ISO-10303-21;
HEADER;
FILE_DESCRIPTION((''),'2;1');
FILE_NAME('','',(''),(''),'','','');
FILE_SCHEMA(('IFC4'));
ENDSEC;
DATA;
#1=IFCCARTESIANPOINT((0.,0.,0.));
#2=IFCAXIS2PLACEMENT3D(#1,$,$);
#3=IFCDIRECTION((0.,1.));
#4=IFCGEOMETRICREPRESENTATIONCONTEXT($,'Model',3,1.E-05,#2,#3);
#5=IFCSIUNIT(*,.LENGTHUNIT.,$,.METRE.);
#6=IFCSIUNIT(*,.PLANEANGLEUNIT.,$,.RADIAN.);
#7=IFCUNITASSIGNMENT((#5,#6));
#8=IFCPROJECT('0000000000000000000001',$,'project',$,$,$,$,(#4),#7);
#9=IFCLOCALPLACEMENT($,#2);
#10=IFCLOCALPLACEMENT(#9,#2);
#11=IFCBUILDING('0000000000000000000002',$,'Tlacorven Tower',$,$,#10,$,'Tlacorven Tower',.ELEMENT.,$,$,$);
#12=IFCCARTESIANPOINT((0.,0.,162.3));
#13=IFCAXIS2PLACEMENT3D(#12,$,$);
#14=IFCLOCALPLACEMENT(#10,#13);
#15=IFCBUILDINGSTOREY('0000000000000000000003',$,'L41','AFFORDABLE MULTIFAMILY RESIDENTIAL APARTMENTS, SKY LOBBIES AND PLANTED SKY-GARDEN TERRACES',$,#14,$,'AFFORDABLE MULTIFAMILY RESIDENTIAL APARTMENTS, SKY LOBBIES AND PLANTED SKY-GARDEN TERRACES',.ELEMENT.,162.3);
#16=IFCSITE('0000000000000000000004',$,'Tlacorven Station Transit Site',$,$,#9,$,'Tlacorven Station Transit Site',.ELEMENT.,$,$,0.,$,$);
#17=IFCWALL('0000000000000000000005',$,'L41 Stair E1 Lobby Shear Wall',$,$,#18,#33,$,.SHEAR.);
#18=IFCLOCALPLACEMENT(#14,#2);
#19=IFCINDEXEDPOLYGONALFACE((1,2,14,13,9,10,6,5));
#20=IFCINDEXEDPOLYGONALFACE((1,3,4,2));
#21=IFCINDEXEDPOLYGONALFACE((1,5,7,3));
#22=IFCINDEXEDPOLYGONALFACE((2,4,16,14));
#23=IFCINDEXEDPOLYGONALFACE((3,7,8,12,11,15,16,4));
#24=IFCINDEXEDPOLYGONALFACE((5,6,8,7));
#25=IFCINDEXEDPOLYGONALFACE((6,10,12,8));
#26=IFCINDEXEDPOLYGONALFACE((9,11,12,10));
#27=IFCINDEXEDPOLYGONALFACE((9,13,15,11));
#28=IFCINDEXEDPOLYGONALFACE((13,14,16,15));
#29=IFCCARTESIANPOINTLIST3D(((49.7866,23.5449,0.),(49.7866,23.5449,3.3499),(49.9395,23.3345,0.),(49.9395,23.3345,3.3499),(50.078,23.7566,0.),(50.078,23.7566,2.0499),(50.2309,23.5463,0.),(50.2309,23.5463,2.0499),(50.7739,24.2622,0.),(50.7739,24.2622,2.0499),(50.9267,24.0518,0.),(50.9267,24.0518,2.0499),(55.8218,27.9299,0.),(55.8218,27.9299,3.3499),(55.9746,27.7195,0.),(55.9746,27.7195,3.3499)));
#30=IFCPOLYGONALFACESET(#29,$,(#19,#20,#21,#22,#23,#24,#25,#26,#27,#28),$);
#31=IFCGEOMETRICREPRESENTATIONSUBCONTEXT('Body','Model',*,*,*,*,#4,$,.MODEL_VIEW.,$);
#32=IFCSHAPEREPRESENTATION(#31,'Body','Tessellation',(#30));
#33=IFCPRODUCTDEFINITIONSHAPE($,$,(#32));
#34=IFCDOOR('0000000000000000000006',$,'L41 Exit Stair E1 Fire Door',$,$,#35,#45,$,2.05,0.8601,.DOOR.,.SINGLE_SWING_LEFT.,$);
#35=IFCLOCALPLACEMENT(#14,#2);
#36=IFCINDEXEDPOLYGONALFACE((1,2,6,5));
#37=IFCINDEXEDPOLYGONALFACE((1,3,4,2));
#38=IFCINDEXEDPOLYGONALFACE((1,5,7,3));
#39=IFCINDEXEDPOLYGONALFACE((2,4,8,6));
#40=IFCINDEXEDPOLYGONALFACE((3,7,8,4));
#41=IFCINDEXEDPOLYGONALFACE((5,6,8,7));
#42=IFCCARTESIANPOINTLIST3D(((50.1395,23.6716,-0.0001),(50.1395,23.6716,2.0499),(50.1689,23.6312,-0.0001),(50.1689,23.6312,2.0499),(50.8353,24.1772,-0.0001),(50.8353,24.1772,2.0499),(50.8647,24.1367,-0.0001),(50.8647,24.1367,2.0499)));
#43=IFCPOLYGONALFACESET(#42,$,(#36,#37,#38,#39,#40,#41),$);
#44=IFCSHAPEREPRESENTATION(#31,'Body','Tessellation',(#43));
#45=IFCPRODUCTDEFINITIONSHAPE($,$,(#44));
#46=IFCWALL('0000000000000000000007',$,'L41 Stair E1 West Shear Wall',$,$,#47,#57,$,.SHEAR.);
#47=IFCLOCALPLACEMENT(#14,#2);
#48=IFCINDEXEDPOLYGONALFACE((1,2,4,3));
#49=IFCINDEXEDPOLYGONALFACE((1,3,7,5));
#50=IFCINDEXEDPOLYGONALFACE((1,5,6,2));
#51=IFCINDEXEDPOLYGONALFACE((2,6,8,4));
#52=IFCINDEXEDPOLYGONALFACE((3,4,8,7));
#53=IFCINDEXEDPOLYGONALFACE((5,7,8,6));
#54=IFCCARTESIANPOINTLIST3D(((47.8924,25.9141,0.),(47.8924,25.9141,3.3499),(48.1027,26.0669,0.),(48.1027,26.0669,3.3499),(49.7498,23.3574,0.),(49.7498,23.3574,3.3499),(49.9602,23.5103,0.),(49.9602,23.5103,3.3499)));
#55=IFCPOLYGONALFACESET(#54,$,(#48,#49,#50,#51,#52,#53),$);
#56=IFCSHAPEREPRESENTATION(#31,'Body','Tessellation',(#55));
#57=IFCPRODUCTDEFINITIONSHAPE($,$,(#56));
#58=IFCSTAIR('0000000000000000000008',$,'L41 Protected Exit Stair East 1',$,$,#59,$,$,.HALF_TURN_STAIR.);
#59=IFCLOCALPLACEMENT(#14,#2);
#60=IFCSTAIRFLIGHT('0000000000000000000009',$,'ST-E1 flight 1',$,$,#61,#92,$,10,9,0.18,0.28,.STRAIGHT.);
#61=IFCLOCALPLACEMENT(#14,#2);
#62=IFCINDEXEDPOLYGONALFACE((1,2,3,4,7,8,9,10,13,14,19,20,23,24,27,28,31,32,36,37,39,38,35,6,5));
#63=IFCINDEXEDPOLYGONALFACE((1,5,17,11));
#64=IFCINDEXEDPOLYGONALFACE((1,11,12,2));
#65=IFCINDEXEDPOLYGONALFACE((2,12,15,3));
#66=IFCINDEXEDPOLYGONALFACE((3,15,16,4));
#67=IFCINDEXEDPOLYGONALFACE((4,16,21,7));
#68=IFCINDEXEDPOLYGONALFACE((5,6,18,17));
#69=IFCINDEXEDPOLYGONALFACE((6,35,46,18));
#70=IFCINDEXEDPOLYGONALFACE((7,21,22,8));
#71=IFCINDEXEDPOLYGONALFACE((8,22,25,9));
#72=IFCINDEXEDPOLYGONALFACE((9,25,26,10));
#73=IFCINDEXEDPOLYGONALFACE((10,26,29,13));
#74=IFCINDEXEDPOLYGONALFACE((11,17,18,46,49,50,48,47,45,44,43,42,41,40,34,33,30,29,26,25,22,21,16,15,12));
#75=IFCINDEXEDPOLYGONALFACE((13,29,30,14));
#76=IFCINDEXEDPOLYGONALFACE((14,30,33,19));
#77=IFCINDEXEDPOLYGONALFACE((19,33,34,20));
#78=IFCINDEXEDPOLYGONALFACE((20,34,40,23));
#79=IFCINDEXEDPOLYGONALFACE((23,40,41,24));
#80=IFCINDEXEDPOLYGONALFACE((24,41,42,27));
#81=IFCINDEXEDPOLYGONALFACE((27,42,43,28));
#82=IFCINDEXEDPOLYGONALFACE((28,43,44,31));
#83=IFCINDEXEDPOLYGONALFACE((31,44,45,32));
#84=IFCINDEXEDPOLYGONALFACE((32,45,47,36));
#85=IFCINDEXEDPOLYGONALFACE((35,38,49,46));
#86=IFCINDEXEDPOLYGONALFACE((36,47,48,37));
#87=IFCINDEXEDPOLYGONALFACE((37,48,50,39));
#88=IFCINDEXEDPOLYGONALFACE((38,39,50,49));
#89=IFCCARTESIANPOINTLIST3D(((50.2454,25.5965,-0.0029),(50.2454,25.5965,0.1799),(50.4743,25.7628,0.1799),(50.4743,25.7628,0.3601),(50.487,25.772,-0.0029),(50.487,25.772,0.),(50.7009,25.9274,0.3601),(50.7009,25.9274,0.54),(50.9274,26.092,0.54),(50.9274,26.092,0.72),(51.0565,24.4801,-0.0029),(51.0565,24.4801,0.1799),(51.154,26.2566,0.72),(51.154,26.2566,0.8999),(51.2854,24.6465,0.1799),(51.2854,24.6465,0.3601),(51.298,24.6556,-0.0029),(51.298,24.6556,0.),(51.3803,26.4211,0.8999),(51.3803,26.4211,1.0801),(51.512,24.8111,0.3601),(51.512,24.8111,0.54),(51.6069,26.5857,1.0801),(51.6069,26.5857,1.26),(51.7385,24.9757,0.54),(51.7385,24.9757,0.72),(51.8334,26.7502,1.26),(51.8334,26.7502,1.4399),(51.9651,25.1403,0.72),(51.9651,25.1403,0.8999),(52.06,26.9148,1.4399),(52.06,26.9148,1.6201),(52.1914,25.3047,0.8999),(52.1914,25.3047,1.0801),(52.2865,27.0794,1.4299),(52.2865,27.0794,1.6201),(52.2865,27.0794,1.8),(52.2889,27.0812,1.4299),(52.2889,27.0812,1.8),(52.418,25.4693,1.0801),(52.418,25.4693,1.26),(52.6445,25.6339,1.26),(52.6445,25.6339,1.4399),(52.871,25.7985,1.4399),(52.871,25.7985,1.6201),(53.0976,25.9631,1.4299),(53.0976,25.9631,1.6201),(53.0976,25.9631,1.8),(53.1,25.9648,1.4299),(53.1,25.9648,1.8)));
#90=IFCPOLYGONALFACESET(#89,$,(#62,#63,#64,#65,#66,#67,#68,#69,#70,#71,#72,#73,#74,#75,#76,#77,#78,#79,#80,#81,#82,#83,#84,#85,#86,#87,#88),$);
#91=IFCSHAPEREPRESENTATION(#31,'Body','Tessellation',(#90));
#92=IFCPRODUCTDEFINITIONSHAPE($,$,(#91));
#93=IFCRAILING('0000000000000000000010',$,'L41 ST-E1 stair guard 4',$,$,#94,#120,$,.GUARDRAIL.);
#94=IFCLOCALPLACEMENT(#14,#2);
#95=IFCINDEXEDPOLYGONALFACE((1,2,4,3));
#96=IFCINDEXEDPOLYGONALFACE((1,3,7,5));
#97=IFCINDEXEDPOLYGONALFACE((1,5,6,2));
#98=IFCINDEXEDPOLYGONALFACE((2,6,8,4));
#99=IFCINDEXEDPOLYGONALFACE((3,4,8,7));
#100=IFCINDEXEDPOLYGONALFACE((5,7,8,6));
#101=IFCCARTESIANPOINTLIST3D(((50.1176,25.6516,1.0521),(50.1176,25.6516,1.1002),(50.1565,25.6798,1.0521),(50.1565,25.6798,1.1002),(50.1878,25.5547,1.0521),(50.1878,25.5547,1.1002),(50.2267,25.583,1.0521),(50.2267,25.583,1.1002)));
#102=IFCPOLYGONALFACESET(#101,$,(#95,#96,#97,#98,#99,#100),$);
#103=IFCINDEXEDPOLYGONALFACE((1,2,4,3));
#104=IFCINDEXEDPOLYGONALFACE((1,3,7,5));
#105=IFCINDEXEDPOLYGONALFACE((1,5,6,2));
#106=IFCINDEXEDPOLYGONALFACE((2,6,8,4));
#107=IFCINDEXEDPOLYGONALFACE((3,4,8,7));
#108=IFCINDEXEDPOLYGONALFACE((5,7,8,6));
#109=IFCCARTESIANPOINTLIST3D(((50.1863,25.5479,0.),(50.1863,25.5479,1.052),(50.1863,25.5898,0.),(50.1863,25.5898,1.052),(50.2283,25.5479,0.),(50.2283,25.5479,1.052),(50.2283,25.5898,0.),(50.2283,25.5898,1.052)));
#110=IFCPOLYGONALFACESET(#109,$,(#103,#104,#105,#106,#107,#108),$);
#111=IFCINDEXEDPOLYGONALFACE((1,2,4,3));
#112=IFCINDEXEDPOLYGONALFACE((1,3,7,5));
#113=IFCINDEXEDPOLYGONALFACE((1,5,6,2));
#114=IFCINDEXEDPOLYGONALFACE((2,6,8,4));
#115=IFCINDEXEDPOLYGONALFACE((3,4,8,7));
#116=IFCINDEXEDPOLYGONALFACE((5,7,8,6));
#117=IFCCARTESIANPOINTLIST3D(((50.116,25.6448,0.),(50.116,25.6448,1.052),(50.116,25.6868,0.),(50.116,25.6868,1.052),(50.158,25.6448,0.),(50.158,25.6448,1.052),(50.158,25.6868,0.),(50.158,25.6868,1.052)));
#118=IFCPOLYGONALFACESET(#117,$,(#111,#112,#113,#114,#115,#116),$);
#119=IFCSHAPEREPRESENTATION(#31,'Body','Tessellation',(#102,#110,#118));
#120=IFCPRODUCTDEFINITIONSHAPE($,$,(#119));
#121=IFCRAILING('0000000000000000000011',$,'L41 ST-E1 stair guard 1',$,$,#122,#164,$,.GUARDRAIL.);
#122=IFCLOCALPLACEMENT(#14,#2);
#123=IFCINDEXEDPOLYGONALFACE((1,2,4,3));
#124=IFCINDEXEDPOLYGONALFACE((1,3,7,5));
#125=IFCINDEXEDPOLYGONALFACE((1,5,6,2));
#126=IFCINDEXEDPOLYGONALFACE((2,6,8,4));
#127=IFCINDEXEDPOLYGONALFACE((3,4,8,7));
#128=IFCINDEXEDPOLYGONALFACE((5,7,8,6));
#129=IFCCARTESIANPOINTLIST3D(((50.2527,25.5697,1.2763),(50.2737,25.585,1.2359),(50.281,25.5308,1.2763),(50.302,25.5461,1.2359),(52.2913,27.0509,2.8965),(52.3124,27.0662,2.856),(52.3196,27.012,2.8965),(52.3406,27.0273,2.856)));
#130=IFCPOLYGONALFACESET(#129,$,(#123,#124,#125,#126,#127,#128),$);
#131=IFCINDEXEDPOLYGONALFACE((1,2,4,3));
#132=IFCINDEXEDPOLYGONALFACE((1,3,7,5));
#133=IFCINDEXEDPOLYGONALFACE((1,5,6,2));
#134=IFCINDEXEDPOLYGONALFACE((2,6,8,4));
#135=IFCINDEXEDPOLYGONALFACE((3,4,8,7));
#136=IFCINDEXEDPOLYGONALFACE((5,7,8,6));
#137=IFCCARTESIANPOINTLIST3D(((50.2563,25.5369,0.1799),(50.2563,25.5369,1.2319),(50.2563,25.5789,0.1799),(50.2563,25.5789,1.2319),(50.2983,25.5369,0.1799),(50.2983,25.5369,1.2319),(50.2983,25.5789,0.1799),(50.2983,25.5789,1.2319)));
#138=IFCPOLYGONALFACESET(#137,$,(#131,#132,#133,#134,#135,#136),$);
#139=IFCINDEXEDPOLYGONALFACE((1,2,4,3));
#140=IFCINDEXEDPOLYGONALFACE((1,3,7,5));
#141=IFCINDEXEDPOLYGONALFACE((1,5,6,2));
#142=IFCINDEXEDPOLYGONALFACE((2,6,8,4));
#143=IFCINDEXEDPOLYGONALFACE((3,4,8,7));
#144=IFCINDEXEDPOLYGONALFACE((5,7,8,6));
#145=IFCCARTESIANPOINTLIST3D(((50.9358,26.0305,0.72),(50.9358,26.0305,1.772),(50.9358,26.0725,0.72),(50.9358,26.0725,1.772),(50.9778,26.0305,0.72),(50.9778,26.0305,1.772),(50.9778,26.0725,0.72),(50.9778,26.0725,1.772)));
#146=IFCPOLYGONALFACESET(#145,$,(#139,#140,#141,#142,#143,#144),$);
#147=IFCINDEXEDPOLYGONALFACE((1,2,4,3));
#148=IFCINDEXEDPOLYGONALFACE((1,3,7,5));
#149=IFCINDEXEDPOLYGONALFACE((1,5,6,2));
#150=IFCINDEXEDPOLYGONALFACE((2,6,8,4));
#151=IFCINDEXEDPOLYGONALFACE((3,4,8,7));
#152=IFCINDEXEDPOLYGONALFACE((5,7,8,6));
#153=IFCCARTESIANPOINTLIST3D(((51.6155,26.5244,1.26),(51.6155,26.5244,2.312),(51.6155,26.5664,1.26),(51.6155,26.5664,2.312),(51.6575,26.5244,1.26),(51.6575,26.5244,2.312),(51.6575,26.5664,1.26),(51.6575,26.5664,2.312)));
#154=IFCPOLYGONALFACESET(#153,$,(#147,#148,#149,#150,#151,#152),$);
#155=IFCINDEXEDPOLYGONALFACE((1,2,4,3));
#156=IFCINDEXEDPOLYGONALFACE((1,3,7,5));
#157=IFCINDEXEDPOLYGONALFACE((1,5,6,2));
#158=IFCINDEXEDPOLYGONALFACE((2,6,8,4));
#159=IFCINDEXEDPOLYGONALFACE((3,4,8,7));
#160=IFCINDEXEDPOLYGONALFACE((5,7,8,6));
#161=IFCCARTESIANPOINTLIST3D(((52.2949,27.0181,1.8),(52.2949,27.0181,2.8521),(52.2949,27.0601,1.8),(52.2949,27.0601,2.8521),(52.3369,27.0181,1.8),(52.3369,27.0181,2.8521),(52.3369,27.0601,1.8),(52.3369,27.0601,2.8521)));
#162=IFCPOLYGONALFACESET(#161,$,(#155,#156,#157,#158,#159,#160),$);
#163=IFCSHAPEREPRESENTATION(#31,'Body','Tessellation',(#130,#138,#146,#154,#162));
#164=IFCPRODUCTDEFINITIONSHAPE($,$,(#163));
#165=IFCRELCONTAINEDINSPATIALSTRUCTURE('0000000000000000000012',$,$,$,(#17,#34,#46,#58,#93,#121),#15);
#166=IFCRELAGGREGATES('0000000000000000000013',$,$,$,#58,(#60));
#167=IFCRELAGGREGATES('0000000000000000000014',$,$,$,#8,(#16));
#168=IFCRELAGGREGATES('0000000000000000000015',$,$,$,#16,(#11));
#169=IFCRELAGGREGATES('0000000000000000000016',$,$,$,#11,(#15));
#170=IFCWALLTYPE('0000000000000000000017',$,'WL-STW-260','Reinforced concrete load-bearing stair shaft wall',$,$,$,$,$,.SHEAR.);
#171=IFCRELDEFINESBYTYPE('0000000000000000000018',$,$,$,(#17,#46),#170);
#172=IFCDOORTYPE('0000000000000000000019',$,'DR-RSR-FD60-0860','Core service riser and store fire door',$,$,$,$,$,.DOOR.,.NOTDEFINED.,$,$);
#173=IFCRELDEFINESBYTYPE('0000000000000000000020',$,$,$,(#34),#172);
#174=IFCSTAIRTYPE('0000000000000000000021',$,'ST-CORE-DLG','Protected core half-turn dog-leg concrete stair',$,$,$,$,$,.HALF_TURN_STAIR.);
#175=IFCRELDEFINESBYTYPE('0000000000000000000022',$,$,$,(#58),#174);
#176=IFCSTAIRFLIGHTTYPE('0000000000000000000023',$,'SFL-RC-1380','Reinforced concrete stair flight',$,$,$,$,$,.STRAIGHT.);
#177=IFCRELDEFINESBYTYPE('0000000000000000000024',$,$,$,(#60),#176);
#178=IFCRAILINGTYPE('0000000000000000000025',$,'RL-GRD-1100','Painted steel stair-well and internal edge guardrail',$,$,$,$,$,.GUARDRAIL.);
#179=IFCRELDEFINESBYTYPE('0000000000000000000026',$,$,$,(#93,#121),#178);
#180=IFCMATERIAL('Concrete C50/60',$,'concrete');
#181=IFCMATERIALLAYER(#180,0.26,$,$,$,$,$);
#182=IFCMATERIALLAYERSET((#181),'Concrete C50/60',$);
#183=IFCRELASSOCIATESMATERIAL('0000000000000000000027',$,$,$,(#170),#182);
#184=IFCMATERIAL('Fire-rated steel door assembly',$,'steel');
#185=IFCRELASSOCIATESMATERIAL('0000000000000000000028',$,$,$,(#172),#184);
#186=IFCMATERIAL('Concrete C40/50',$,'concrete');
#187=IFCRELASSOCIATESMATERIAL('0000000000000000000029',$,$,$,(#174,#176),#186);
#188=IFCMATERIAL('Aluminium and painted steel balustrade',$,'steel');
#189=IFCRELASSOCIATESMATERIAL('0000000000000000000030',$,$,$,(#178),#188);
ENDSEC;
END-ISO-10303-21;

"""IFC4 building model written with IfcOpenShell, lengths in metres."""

from ifc_helpers import new_model, si_unit, direction, frame, frame_2d, origin, origin_2d, place, context, subcontext, project, spatial, polyline, rectangle, outline, extrude, source, transform, mapped, material, layer, layer_set, type_object, element, fill, aggregate, save


model = new_model("IFC4")

# Units and contexts
model_context = context("Model", 3, precision=1e-05, world=origin(), true_north=direction((0.0, 1.0)))
body_context = subcontext(model_context, "Body", "Model", "MODEL_VIEW")
ifc_project = project(units=[si_unit("LENGTHUNIT", "METRE"), si_unit("PLANEANGLEUNIT", "RADIAN")], contexts=[model_context])

# Site, building, storey
site_placement = place(None, origin())
site = spatial("IfcSite", under=ifc_project, at=site_placement, Name="Tlacorven Station Transit Site", LongName="Tlacorven Station Transit Site", CompositionType="ELEMENT", RefElevation=0.0)
building_placement = place(site_placement, origin())
building = spatial("IfcBuilding", under=site, at=building_placement, Name="Tlacorven Tower", LongName="Tlacorven Tower", CompositionType="ELEMENT")
storey_placement = place(building_placement, frame((0.0, 0.0, 162.3)))
storey = spatial("IfcBuildingStorey", under=building, at=storey_placement, Name="L41", Description="AFFORDABLE MULTIFAMILY RESIDENTIAL APARTMENTS, SKY LOBBIES AND PLANTED SKY-GARDEN TERRACES", LongName="AFFORDABLE MULTIFAMILY RESIDENTIAL APARTMENTS, SKY LOBBIES AND PLANTED SKY-GARDEN TERRACES", CompositionType="ELEMENT", Elevation=162.3)

# Shared definitions
ifc_material_1 = material(Name="Concrete C40/50", Category="concrete")
ifc_material_2 = material(Name="Fire-rated steel door assembly", Category="steel")

# Shared definitions
ifc_material_3 = material(Name="Concrete C50/60", Category="concrete")
ifc_layer_1 = layer(ifc_material_3, 0.26)
ifc_layer_set_1 = layer_set([ifc_layer_1], Name="Concrete C50/60")
wall_type_1 = type_object("IfcWallType", Name="WL-STW-260", Description="Reinforced concrete load-bearing stair shaft wall", PredefinedType="SHEAR", material=ifc_layer_set_1)

# Wall, opening, door
wall_1_placement = place(storey_placement, frame((49.863, 23.4397, 0.0), z_axis=(0.0, 0.0, 1.0), x_axis=(0.809003, 0.587804, 0.0)))
wall_1 = element("IfcWall", 1, at=wall_1_placement, inside=storey, type_object=wall_type_1, Name="L41 Stair E1 Lobby Shear Wall", PredefinedType="SHEAR", context=body_context, shape_type="SweptSolid", body=[
    extrude(rectangle(XDim=7.46, YDim=0.26, at=frame_2d((3.73, 0.0))), origin(), (0.0, 0.0, 1.0), 3.3499),
])
opening_1_placement = place(wall_1_placement, frame((0.3601, 0.0, 0.0)))
opening_1 = element("IfcOpeningElement", 2, at=opening_1_placement, cuts=wall_1, PredefinedType="OPENING", context=body_context, shape_type="SweptSolid", body=[
    extrude(rectangle(XDim=0.8601, YDim=2.05, at=frame_2d((0.4302, 1.0249))), frame((0.0, 0.1401, 0.0), z_axis=(0.0, -1.0, 0.0), x_axis=(1.0, 0.0, 0.0)), (0.0, 0.0, 1.0), 0.28),
])
door_type_1 = type_object("IfcDoorType", Name="DR-RSR-FD60-0860", Description="Core service riser and store fire door", OperationType="NOTDEFINED", PredefinedType="DOOR", material=ifc_material_2)
shared_shape_1 = source(origin(), body_context, "Body", "SweptSolid", [
    extrude(rectangle(XDim=0.8601, YDim=2.05, at=frame_2d((0.4302, 1.0249))), frame((0.0, 0.0249, 0.0), z_axis=(0.0, -1.0, 0.0), x_axis=(1.0, 0.0, 0.0)), (0.0, 0.0, 1.0), 0.05),
])
door_1_placement = place(opening_1_placement, frame((0.8601, 0.0, 0.0), z_axis=(0.0, 0.0, 1.0), x_axis=(-1.0, 0.0, 0.0)))
door_1 = element("IfcDoor", 3, at=door_1_placement, inside=storey, type_object=door_type_1, Name="L41 Exit Stair E1 Fire Door", OperationType="SINGLE_SWING_LEFT", OverallHeight=2.05, OverallWidth=0.8601, PredefinedType="DOOR", context=body_context, shape_type="MappedRepresentation", body=[
    mapped(shared_shape_1, transform((0.0, 0.0, 0.0), scale=1.0)),
])
fill(opening_1, door_1)

# Wall
wall_2_placement = place(storey_placement, frame((49.855, 23.4338, 0.0), z_axis=(0.0, 0.0, 1.0), x_axis=(-0.587767, 0.80903, 0.0)))
element("IfcWall", 4, at=wall_2_placement, inside=storey, type_object=wall_type_1, Name="L41 Stair E1 West Shear Wall", PredefinedType="SHEAR", context=body_context, shape_type="SweptSolid", body=[
    extrude(rectangle(XDim=3.1602, YDim=0.26, at=frame_2d((1.5801, 0.0))), origin(), (0.0, 0.0, 1.0), 3.3499),
])

# Stair, stair flight
stair_type = type_object("IfcStairType", Name="ST-CORE-DLG", Description="Protected core half-turn dog-leg concrete stair", PredefinedType="HALF_TURN_STAIR", material=ifc_material_1)
stair_placement = place(storey_placement, origin())
stair = element("IfcStair", 5, at=stair_placement, inside=storey, type_object=stair_type, Name="L41 Protected Exit Stair East 1", PredefinedType="HALF_TURN_STAIR")
stair_flight_type = type_object("IfcStairFlightType", Name="SFL-RC-1380", Description="Reinforced concrete stair flight", PredefinedType="STRAIGHT", material=ifc_material_1)
shared_shape_2 = source(origin(), body_context, "Body", "SweptSolid", [
    extrude(outline(polyline([(-0.0029, -0.0029), (-0.0029, 0.1799), (0.28, 0.1799), (0.28, 0.3601), (0.5601, 0.3601), (0.5601, 0.54), (0.8401, 0.54), (0.8401, 0.72), (1.1201, 0.72), (1.1201, 0.8999), (1.3999, 0.8999), (1.3999, 1.0801), (1.6799, 1.0801), (1.6799, 1.26), (1.96, 1.26), (1.96, 1.4399), (2.24, 1.4399), (2.24, 1.6201), (2.52, 1.6201), (2.52, 1.8), (2.5229, 1.8), (2.5229, 1.4299), (2.52, 1.4299), (0.2957, 0.0), (0.2957, -0.0029), (-0.0029, -0.0029)])), frame((0.0, 0.6899, 0.0), z_axis=(0.0, -1.0, 0.0), x_axis=(1.0, 0.0, 0.0)), (0.0, 0.0, 1.0), 1.3799),
])
stair_flight_placement = place(storey_placement, frame((50.6533, 25.04, 0.0), z_axis=(0.0, 0.0, 1.0), x_axis=(0.809017, 0.587785, 0.0)))
stair_flight = element("IfcStairFlight", 6, at=stair_flight_placement, type_object=stair_flight_type, Name="ST-E1 flight 1", NumberOfRisers=10, NumberOfTreads=9, PredefinedType="STRAIGHT", RiserHeight=0.18, TreadLength=0.28, context=body_context, shape_type="MappedRepresentation", body=[
    mapped(shared_shape_2, transform((0.0, 0.0, 0.0), scale=1.0)),
])
aggregate(stair, [stair_flight])

# Railings
ifc_material_4 = material(Name="Aluminium and painted steel balustrade", Category="steel")
railing_type_1 = type_object("IfcRailingType", Name="RL-GRD-1100", Description="Painted steel stair-well and internal edge guardrail", PredefinedType="GUARDRAIL", material=ifc_material_4)
shared_shape_3 = source(origin(), body_context, "Body", "SweptSolid", [
    extrude(rectangle(XDim=0.0481, YDim=0.0481, at=origin_2d()), frame((0.0, 0.0, 1.0762), z_axis=(-0.587201, 0.809441, 0.0), x_axis=(-0.809441, -0.587201, 0.0)), (0.0, 0.0, 1.0), 0.1196),
    extrude(rectangle(XDim=0.042, YDim=0.042, at=origin_2d()), origin(), (0.0, 0.0, 1.0), 1.052),
    extrude(rectangle(XDim=0.042, YDim=0.042, at=origin_2d()), frame((-0.0703, 0.0969, 0.0)), (0.0, 0.0, 1.0), 1.052),
])
railing_1_placement = place(storey_placement, frame((50.2073, 25.5688, 0.0)))
element("IfcRailing", 7, at=railing_1_placement, inside=storey, type_object=railing_type_1, Name="L41 ST-E1 stair guard 4", PredefinedType="GUARDRAIL", context=body_context, shape_type="MappedRepresentation", body=[
    mapped(shared_shape_3, transform((0.0, 0.0, 0.0), scale=1.0)),
])
shared_shape_4 = source(origin(), body_context, "Body", "SweptSolid", [
    extrude(rectangle(XDim=0.0481, YDim=0.0481, at=origin_2d()), frame((0.0, 0.0, 1.0762), z_axis=(0.680489, 0.494434, 0.540805), x_axis=(-0.587809, 0.809, 0.0)), (0.0, 0.0, 1.0), 2.9958),
    extrude(rectangle(XDim=0.042, YDim=0.042, at=origin_2d()), origin(), (0.0, 0.0, 1.0), 1.052),
    extrude(rectangle(XDim=0.042, YDim=0.042, at=origin_2d()), frame((0.6794, 0.4937, 0.54)), (0.0, 0.0, 1.0), 1.052),
    extrude(rectangle(XDim=0.042, YDim=0.042, at=origin_2d()), frame((1.3591, 0.9875, 1.0801)), (0.0, 0.0, 1.0), 1.052),
    extrude(rectangle(XDim=0.042, YDim=0.042, at=origin_2d()), frame((2.0386, 1.4812, 1.6201)), (0.0, 0.0, 1.0), 1.052),
])
railing_2_placement = place(storey_placement, frame((50.2773, 25.5579, 0.1799)))
element("IfcRailing", 8, at=railing_2_placement, inside=storey, type_object=railing_type_1, Name="L41 ST-E1 stair guard 1", PredefinedType="GUARDRAIL", context=body_context, shape_type="MappedRepresentation", body=[
    mapped(shared_shape_4, transform((0.0, 0.0, 0.0), scale=1.0)),
])

save(model, "model.ifc")
